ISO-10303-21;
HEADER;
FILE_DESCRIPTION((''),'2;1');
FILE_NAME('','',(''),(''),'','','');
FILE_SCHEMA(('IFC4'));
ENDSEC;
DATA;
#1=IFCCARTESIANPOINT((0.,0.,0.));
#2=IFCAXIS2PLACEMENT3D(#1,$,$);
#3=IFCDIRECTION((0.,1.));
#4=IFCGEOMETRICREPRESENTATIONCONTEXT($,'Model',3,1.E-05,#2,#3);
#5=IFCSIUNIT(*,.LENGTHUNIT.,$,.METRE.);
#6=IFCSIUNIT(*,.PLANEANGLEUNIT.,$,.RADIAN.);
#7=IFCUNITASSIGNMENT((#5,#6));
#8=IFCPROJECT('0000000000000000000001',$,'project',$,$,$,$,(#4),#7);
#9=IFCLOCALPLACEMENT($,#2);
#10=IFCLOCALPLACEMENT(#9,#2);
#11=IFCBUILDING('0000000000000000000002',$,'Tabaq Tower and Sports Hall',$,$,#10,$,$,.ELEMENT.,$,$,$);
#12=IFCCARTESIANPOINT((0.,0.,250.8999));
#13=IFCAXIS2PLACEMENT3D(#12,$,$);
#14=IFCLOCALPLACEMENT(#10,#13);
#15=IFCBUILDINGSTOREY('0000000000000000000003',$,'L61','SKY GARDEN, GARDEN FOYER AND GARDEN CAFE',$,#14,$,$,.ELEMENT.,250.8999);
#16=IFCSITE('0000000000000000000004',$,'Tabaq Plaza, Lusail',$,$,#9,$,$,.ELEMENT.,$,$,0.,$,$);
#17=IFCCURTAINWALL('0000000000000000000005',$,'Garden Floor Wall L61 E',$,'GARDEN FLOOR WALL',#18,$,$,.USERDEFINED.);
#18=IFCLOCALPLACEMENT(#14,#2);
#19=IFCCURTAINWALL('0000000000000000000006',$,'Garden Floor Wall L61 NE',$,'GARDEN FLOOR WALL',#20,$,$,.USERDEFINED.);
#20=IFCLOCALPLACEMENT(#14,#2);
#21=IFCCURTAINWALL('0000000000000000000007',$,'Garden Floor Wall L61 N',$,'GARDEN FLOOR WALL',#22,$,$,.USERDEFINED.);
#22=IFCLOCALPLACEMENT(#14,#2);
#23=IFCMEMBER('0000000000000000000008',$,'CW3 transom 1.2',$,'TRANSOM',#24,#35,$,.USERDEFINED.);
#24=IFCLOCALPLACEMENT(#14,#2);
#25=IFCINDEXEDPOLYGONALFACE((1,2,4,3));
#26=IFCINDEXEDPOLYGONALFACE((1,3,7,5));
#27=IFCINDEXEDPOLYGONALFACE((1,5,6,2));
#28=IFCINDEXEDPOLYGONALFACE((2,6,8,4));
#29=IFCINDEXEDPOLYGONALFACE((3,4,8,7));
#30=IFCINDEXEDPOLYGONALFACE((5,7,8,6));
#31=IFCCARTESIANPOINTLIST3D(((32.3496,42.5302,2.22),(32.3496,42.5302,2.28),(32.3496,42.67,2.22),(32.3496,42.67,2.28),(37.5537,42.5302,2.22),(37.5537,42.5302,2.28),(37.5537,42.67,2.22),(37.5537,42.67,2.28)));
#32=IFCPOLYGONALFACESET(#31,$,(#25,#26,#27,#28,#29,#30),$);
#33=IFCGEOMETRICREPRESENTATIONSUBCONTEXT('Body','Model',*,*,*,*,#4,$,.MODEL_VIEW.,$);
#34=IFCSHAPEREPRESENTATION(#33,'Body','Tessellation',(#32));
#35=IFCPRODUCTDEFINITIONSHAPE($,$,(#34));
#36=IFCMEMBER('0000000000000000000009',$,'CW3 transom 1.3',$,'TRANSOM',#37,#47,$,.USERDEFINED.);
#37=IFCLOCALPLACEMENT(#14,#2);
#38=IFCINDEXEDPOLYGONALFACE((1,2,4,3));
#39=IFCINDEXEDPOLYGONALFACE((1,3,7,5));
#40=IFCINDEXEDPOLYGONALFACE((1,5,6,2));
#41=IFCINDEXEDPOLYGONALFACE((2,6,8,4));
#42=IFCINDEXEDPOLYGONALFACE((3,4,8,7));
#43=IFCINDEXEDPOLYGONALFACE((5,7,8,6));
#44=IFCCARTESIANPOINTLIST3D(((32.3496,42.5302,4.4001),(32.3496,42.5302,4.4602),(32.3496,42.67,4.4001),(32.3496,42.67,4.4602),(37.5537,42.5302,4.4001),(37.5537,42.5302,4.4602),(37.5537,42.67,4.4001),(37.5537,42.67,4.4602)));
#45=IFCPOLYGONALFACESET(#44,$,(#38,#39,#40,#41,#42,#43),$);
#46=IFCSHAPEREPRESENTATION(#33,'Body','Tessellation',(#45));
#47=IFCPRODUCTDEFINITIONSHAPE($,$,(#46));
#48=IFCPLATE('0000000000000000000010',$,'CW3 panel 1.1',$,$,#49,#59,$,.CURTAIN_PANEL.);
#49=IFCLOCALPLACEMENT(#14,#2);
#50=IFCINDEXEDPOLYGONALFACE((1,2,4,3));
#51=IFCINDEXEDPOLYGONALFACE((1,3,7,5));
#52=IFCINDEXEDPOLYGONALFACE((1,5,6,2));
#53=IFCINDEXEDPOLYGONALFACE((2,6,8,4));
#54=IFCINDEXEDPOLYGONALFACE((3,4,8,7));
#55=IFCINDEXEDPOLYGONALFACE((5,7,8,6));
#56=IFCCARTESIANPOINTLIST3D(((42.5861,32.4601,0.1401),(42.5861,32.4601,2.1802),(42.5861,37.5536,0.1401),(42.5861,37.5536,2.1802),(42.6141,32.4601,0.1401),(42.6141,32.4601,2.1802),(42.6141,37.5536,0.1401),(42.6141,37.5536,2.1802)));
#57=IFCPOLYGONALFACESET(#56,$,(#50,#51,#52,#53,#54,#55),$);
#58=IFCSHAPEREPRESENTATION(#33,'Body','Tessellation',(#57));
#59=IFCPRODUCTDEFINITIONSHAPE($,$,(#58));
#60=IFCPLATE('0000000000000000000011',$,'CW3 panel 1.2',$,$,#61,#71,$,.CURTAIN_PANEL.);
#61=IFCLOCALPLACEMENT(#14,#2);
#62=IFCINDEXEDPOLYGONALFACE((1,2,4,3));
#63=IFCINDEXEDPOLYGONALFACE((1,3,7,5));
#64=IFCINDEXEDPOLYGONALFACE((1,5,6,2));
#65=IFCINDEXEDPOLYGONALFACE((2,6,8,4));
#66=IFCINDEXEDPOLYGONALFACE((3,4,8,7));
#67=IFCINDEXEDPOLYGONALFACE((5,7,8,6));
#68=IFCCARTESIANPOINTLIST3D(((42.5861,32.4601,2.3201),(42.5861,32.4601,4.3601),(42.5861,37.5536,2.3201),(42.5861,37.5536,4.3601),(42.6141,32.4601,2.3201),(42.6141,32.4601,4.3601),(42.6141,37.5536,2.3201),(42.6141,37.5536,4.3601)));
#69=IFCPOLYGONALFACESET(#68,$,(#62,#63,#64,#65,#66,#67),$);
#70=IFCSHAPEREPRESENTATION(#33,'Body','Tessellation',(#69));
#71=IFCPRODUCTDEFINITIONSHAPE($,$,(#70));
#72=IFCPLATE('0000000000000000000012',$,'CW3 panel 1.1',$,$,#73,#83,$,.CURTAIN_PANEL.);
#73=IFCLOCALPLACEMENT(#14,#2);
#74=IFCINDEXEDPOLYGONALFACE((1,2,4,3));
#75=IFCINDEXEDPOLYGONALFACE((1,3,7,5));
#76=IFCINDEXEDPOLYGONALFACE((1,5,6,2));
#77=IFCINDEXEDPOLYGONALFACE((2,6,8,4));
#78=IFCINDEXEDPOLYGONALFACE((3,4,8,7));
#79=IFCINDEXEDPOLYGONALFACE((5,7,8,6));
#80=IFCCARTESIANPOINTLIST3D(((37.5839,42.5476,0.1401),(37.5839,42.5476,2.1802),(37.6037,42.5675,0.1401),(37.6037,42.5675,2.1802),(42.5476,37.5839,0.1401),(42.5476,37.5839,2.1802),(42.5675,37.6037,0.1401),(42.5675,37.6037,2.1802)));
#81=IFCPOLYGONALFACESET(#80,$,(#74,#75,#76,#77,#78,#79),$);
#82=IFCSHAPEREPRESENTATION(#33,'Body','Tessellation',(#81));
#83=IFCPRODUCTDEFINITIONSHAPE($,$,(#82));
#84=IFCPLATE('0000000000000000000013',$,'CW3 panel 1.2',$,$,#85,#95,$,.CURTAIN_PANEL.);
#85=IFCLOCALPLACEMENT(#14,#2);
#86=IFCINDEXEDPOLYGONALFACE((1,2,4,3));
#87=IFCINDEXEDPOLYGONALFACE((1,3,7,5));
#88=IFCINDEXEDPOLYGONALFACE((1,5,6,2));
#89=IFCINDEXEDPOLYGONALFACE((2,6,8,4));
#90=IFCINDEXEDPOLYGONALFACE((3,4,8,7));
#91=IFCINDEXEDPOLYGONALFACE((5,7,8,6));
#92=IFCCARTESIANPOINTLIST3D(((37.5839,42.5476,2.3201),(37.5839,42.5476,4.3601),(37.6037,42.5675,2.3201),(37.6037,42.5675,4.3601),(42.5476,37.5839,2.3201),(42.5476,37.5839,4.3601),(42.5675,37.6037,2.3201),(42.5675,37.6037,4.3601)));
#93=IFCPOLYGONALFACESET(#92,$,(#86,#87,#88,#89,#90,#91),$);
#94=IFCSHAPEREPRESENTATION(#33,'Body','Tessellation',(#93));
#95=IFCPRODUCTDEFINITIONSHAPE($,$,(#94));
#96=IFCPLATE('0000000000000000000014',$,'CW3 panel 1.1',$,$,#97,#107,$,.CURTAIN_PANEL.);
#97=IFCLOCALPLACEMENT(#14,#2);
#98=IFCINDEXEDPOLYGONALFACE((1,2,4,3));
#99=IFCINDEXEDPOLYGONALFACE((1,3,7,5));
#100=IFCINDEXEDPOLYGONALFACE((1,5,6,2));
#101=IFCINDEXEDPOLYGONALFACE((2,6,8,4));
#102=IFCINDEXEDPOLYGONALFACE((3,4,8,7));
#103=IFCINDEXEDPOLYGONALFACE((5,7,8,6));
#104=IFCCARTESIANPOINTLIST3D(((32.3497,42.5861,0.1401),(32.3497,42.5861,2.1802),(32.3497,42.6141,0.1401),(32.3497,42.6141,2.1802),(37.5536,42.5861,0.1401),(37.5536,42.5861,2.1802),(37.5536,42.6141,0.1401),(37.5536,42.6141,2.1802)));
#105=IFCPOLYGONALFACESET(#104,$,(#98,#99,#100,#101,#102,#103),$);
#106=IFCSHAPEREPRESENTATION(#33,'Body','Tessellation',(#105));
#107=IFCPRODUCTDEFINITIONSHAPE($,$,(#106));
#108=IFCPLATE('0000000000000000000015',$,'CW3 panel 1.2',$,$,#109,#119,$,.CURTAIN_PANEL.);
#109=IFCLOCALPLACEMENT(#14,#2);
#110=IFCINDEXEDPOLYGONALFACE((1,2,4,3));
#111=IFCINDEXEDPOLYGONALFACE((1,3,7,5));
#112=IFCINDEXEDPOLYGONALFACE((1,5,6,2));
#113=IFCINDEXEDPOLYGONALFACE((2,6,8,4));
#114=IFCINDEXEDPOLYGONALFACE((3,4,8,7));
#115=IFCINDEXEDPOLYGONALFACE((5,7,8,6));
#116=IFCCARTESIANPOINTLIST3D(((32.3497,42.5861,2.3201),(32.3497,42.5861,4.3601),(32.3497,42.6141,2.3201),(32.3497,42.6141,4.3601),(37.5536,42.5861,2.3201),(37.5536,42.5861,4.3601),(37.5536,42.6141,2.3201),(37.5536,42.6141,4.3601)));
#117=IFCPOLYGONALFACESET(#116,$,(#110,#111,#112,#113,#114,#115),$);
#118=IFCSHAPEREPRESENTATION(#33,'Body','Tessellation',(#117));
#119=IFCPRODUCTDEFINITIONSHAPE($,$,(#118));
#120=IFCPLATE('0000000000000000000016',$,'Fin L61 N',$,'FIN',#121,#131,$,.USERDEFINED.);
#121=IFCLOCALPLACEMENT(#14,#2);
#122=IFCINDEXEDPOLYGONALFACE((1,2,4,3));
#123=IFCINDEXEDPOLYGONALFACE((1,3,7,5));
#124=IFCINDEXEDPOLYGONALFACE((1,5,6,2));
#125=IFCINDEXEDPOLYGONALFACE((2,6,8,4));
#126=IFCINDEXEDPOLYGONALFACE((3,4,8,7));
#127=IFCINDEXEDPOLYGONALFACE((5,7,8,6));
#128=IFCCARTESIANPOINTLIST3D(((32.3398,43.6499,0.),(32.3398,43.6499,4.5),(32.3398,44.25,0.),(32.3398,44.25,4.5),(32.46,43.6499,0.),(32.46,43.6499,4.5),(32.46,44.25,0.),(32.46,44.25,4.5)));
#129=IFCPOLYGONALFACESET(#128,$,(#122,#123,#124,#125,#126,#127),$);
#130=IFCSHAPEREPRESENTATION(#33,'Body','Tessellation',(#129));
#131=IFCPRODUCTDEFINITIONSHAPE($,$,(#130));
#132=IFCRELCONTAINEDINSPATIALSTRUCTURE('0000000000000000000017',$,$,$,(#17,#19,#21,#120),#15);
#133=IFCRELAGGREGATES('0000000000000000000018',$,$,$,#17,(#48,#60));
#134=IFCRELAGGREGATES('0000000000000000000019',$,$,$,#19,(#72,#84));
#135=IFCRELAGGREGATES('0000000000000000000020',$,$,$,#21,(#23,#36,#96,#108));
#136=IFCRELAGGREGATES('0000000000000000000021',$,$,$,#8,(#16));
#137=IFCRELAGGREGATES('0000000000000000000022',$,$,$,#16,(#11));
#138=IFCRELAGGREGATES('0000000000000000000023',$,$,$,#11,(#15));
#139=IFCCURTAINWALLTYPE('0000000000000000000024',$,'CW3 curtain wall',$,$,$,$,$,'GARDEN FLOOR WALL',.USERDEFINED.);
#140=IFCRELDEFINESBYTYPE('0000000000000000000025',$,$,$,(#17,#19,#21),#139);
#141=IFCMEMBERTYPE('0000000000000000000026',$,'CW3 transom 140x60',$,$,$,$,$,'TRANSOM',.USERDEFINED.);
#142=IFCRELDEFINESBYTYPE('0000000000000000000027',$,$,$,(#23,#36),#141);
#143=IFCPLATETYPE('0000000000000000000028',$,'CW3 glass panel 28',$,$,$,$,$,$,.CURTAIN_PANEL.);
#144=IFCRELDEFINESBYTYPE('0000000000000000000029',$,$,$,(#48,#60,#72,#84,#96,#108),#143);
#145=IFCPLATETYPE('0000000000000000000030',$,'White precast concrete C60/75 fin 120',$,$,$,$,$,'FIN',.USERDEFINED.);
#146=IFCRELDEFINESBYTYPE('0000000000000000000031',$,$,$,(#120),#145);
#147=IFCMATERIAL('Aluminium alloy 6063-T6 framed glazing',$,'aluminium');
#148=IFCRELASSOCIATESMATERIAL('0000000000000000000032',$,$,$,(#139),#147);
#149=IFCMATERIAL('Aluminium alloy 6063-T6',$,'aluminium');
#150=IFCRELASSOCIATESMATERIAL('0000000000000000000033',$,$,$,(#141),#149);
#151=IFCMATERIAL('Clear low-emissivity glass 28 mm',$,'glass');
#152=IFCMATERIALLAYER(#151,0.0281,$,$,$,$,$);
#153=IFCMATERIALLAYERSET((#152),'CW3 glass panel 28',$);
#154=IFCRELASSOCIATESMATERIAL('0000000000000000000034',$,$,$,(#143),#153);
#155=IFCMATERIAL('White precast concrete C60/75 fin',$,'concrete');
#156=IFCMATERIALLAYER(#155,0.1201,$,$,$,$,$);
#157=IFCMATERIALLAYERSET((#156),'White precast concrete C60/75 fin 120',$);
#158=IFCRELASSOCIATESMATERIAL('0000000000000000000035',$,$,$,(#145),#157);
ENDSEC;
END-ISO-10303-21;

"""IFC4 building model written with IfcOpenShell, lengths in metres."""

from ifc_helpers import new_model, si_unit, direction, frame, origin, origin_2d, place, context, subcontext, project, spatial, rectangle, extrude, material, layer, layer_set, material_profile, profile_set, type_object, element, aggregate, save


model = new_model("IFC4")

# Units and contexts
model_context = context("Model", 3, precision=1e-05, world=origin(), true_north=direction((0.0, 1.0)))
body_context = subcontext(model_context, "Body", "Model", "MODEL_VIEW")
ifc_project = project(units=[si_unit("LENGTHUNIT", "METRE"), si_unit("PLANEANGLEUNIT", "RADIAN")], contexts=[model_context])

# Site, building, storey
site_placement = place(None, origin())
site = spatial("IfcSite", under=ifc_project, at=site_placement, Name="Tabaq Plaza, Lusail", CompositionType="ELEMENT", RefElevation=0.0)
building_placement = place(site_placement, origin())
building = spatial("IfcBuilding", under=site, at=building_placement, Name="Tabaq Tower and Sports Hall", CompositionType="ELEMENT")
storey_placement = place(building_placement, frame((0.0, 0.0, 250.8999)))
storey = spatial("IfcBuildingStorey", under=building, at=storey_placement, Name="L61", Description="SKY GARDEN, GARDEN FOYER AND GARDEN CAFE", CompositionType="ELEMENT", Elevation=250.8999)

# Curtain wall
ifc_material_1 = material(Name="Aluminium alloy 6063-T6 framed glazing", Category="aluminium")
curtain_wall_type = type_object("IfcCurtainWallType", Name="CW3 curtain wall", ElementType="GARDEN FLOOR WALL", PredefinedType="USERDEFINED", material=ifc_material_1)
curtain_wall_1_placement = place(storey_placement, origin())
curtain_wall_1 = element("IfcCurtainWall", 1, at=curtain_wall_1_placement, inside=storey, type_object=curtain_wall_type, Name="Garden Floor Wall L61 E", ObjectType="GARDEN FLOOR WALL", PredefinedType="USERDEFINED")

# Curtain walls
curtain_wall_2_placement = place(storey_placement, origin())
curtain_wall_2 = element("IfcCurtainWall", 2, at=curtain_wall_2_placement, inside=storey, type_object=curtain_wall_type, Name="Garden Floor Wall L61 NE", ObjectType="GARDEN FLOOR WALL", PredefinedType="USERDEFINED")
curtain_wall_3_placement = place(storey_placement, origin())
curtain_wall_3 = element("IfcCurtainWall", 3, at=curtain_wall_3_placement, inside=storey, type_object=curtain_wall_type, Name="Garden Floor Wall L61 N", ObjectType="GARDEN FLOOR WALL", PredefinedType="USERDEFINED")

# Members
ifc_material_2 = material(Name="Aluminium alloy 6063-T6", Category="aluminium")
ifc_material_profile_1 = material_profile(ifc_material_2, rectangle(XDim=0.1399, YDim=0.0601, at=origin_2d()), Name="TRANSOM 140x60")
ifc_profile_set_1 = profile_set([ifc_material_profile_1], Name="Aluminium alloy 6063-T6")
member_type_1 = type_object("IfcMemberType", Name="CW3 transom 140x60", ElementType="TRANSOM", PredefinedType="USERDEFINED", material=ifc_profile_set_1)
member_1_placement = place(storey_placement, frame((37.5537, 42.6001, 2.25), z_axis=(-1.0, 0.0, 0.0), x_axis=(0.0, -1.0, 0.0)))
member_1 = element("IfcMember", 4, at=member_1_placement, type_object=member_type_1, Name="CW3 transom 1.2", ObjectType="TRANSOM", PredefinedType="USERDEFINED", context=body_context, shape_type="SweptSolid", body=[
    extrude(rectangle(XDim=0.1399, YDim=0.0601, at=origin_2d()), origin(), (0.0, 0.0, 1.0), 5.2041),
])
member_2_placement = place(storey_placement, frame((37.5537, 42.6001, 4.4302), z_axis=(-1.0, 0.0, 0.0), x_axis=(0.0, -1.0, 0.0)))
member_2 = element("IfcMember", 5, at=member_2_placement, type_object=member_type_1, Name="CW3 transom 1.3", ObjectType="TRANSOM", PredefinedType="USERDEFINED", context=body_context, shape_type="SweptSolid", body=[
    extrude(rectangle(XDim=0.1399, YDim=0.0601, at=origin_2d()), origin(), (0.0, 0.0, 1.0), 5.2041),
])

# Plates
ifc_material_3 = material(Name="Clear low-emissivity glass 28 mm", Category="glass")
ifc_layer_1 = layer(ifc_material_3, 0.0281)
ifc_layer_set_1 = layer_set([ifc_layer_1], Name="CW3 glass panel 28")
plate_type_1 = type_object("IfcPlateType", Name="CW3 glass panel 28", PredefinedType="CURTAIN_PANEL", material=ifc_layer_set_1)
plate_1_placement = place(storey_placement, frame((42.6001, 35.0068, 0.1401), z_axis=(0.0, 0.0, 1.0), x_axis=(0.0, 1.0, 0.0)))
plate_1 = element("IfcPlate", 6, at=plate_1_placement, type_object=plate_type_1, Name="CW3 panel 1.1", PredefinedType="CURTAIN_PANEL", context=body_context, shape_type="SweptSolid", body=[
    extrude(rectangle(XDim=5.0935, YDim=0.0281, at=origin_2d()), origin(), (0.0, 0.0, 1.0), 2.04),
])
plate_2_placement = place(storey_placement, frame((42.6001, 35.0068, 2.3201), z_axis=(0.0, 0.0, 1.0), x_axis=(0.0, 1.0, 0.0)))
plate_2 = element("IfcPlate", 7, at=plate_2_placement, type_object=plate_type_1, Name="CW3 panel 1.2", PredefinedType="CURTAIN_PANEL", context=body_context, shape_type="SweptSolid", body=[
    extrude(rectangle(XDim=5.0935, YDim=0.0281, at=origin_2d()), origin(), (0.0, 0.0, 1.0), 2.04),
])
aggregate(curtain_wall_1, [plate_1, plate_2])
plate_3_placement = place(storey_placement, frame((40.0757, 40.0757, 0.1401), z_axis=(0.0, 0.0, 1.0), x_axis=(-0.707107, 0.707107, 0.0)))
plate_3 = element("IfcPlate", 8, at=plate_3_placement, type_object=plate_type_1, Name="CW3 panel 1.1", PredefinedType="CURTAIN_PANEL", context=body_context, shape_type="SweptSolid", body=[
    extrude(rectangle(XDim=7.0198, YDim=0.0281, at=origin_2d()), origin(), (0.0, 0.0, 1.0), 2.04),
])
plate_4_placement = place(storey_placement, frame((40.0757, 40.0757, 2.3201), z_axis=(0.0, 0.0, 1.0), x_axis=(-0.707107, 0.707107, 0.0)))
plate_4 = element("IfcPlate", 9, at=plate_4_placement, type_object=plate_type_1, Name="CW3 panel 1.2", PredefinedType="CURTAIN_PANEL", context=body_context, shape_type="SweptSolid", body=[
    extrude(rectangle(XDim=7.0198, YDim=0.0281, at=origin_2d()), origin(), (0.0, 0.0, 1.0), 2.04),
])
aggregate(curtain_wall_2, [plate_3, plate_4])
plate_5_placement = place(storey_placement, frame((34.9517, 42.6001, 0.1401), z_axis=(0.0, 0.0, 1.0), x_axis=(-1.0, 0.0, 0.0)))
plate_5 = element("IfcPlate", 10, at=plate_5_placement, type_object=plate_type_1, Name="CW3 panel 1.1", PredefinedType="CURTAIN_PANEL", context=body_context, shape_type="SweptSolid", body=[
    extrude(rectangle(XDim=5.2039, YDim=0.0281, at=origin_2d()), origin(), (0.0, 0.0, 1.0), 2.04),
])
plate_6_placement = place(storey_placement, frame((34.9517, 42.6001, 2.3201), z_axis=(0.0, 0.0, 1.0), x_axis=(-1.0, 0.0, 0.0)))
plate_6 = element("IfcPlate", 11, at=plate_6_placement, type_object=plate_type_1, Name="CW3 panel 1.2", PredefinedType="CURTAIN_PANEL", context=body_context, shape_type="SweptSolid", body=[
    extrude(rectangle(XDim=5.2039, YDim=0.0281, at=origin_2d()), origin(), (0.0, 0.0, 1.0), 2.04),
])
aggregate(curtain_wall_3, [member_1, member_2, plate_5, plate_6])
ifc_material_4 = material(Name="White precast concrete C60/75 fin", Category="concrete")
ifc_layer_2 = layer(ifc_material_4, 0.1201)
ifc_layer_set_2 = layer_set([ifc_layer_2], Name="White precast concrete C60/75 fin 120")
plate_type_2 = type_object("IfcPlateType", Name="White precast concrete C60/75 fin 120", ElementType="FIN", PredefinedType="USERDEFINED", material=ifc_layer_set_2)
plate_7_placement = place(storey_placement, frame((32.3999, 43.95, 0.0), z_axis=(0.0, 0.0, 1.0), x_axis=(-1.0, 0.0, 0.0)))
element("IfcPlate", 12, at=plate_7_placement, inside=storey, type_object=plate_type_2, Name="Fin L61 N", ObjectType="FIN", PredefinedType="USERDEFINED", context=body_context, shape_type="SweptSolid", body=[
    extrude(rectangle(XDim=0.1201, YDim=0.6001, at=origin_2d()), origin(), (0.0, 0.0, 1.0), 4.5),
])

save(model, "model.ifc")
